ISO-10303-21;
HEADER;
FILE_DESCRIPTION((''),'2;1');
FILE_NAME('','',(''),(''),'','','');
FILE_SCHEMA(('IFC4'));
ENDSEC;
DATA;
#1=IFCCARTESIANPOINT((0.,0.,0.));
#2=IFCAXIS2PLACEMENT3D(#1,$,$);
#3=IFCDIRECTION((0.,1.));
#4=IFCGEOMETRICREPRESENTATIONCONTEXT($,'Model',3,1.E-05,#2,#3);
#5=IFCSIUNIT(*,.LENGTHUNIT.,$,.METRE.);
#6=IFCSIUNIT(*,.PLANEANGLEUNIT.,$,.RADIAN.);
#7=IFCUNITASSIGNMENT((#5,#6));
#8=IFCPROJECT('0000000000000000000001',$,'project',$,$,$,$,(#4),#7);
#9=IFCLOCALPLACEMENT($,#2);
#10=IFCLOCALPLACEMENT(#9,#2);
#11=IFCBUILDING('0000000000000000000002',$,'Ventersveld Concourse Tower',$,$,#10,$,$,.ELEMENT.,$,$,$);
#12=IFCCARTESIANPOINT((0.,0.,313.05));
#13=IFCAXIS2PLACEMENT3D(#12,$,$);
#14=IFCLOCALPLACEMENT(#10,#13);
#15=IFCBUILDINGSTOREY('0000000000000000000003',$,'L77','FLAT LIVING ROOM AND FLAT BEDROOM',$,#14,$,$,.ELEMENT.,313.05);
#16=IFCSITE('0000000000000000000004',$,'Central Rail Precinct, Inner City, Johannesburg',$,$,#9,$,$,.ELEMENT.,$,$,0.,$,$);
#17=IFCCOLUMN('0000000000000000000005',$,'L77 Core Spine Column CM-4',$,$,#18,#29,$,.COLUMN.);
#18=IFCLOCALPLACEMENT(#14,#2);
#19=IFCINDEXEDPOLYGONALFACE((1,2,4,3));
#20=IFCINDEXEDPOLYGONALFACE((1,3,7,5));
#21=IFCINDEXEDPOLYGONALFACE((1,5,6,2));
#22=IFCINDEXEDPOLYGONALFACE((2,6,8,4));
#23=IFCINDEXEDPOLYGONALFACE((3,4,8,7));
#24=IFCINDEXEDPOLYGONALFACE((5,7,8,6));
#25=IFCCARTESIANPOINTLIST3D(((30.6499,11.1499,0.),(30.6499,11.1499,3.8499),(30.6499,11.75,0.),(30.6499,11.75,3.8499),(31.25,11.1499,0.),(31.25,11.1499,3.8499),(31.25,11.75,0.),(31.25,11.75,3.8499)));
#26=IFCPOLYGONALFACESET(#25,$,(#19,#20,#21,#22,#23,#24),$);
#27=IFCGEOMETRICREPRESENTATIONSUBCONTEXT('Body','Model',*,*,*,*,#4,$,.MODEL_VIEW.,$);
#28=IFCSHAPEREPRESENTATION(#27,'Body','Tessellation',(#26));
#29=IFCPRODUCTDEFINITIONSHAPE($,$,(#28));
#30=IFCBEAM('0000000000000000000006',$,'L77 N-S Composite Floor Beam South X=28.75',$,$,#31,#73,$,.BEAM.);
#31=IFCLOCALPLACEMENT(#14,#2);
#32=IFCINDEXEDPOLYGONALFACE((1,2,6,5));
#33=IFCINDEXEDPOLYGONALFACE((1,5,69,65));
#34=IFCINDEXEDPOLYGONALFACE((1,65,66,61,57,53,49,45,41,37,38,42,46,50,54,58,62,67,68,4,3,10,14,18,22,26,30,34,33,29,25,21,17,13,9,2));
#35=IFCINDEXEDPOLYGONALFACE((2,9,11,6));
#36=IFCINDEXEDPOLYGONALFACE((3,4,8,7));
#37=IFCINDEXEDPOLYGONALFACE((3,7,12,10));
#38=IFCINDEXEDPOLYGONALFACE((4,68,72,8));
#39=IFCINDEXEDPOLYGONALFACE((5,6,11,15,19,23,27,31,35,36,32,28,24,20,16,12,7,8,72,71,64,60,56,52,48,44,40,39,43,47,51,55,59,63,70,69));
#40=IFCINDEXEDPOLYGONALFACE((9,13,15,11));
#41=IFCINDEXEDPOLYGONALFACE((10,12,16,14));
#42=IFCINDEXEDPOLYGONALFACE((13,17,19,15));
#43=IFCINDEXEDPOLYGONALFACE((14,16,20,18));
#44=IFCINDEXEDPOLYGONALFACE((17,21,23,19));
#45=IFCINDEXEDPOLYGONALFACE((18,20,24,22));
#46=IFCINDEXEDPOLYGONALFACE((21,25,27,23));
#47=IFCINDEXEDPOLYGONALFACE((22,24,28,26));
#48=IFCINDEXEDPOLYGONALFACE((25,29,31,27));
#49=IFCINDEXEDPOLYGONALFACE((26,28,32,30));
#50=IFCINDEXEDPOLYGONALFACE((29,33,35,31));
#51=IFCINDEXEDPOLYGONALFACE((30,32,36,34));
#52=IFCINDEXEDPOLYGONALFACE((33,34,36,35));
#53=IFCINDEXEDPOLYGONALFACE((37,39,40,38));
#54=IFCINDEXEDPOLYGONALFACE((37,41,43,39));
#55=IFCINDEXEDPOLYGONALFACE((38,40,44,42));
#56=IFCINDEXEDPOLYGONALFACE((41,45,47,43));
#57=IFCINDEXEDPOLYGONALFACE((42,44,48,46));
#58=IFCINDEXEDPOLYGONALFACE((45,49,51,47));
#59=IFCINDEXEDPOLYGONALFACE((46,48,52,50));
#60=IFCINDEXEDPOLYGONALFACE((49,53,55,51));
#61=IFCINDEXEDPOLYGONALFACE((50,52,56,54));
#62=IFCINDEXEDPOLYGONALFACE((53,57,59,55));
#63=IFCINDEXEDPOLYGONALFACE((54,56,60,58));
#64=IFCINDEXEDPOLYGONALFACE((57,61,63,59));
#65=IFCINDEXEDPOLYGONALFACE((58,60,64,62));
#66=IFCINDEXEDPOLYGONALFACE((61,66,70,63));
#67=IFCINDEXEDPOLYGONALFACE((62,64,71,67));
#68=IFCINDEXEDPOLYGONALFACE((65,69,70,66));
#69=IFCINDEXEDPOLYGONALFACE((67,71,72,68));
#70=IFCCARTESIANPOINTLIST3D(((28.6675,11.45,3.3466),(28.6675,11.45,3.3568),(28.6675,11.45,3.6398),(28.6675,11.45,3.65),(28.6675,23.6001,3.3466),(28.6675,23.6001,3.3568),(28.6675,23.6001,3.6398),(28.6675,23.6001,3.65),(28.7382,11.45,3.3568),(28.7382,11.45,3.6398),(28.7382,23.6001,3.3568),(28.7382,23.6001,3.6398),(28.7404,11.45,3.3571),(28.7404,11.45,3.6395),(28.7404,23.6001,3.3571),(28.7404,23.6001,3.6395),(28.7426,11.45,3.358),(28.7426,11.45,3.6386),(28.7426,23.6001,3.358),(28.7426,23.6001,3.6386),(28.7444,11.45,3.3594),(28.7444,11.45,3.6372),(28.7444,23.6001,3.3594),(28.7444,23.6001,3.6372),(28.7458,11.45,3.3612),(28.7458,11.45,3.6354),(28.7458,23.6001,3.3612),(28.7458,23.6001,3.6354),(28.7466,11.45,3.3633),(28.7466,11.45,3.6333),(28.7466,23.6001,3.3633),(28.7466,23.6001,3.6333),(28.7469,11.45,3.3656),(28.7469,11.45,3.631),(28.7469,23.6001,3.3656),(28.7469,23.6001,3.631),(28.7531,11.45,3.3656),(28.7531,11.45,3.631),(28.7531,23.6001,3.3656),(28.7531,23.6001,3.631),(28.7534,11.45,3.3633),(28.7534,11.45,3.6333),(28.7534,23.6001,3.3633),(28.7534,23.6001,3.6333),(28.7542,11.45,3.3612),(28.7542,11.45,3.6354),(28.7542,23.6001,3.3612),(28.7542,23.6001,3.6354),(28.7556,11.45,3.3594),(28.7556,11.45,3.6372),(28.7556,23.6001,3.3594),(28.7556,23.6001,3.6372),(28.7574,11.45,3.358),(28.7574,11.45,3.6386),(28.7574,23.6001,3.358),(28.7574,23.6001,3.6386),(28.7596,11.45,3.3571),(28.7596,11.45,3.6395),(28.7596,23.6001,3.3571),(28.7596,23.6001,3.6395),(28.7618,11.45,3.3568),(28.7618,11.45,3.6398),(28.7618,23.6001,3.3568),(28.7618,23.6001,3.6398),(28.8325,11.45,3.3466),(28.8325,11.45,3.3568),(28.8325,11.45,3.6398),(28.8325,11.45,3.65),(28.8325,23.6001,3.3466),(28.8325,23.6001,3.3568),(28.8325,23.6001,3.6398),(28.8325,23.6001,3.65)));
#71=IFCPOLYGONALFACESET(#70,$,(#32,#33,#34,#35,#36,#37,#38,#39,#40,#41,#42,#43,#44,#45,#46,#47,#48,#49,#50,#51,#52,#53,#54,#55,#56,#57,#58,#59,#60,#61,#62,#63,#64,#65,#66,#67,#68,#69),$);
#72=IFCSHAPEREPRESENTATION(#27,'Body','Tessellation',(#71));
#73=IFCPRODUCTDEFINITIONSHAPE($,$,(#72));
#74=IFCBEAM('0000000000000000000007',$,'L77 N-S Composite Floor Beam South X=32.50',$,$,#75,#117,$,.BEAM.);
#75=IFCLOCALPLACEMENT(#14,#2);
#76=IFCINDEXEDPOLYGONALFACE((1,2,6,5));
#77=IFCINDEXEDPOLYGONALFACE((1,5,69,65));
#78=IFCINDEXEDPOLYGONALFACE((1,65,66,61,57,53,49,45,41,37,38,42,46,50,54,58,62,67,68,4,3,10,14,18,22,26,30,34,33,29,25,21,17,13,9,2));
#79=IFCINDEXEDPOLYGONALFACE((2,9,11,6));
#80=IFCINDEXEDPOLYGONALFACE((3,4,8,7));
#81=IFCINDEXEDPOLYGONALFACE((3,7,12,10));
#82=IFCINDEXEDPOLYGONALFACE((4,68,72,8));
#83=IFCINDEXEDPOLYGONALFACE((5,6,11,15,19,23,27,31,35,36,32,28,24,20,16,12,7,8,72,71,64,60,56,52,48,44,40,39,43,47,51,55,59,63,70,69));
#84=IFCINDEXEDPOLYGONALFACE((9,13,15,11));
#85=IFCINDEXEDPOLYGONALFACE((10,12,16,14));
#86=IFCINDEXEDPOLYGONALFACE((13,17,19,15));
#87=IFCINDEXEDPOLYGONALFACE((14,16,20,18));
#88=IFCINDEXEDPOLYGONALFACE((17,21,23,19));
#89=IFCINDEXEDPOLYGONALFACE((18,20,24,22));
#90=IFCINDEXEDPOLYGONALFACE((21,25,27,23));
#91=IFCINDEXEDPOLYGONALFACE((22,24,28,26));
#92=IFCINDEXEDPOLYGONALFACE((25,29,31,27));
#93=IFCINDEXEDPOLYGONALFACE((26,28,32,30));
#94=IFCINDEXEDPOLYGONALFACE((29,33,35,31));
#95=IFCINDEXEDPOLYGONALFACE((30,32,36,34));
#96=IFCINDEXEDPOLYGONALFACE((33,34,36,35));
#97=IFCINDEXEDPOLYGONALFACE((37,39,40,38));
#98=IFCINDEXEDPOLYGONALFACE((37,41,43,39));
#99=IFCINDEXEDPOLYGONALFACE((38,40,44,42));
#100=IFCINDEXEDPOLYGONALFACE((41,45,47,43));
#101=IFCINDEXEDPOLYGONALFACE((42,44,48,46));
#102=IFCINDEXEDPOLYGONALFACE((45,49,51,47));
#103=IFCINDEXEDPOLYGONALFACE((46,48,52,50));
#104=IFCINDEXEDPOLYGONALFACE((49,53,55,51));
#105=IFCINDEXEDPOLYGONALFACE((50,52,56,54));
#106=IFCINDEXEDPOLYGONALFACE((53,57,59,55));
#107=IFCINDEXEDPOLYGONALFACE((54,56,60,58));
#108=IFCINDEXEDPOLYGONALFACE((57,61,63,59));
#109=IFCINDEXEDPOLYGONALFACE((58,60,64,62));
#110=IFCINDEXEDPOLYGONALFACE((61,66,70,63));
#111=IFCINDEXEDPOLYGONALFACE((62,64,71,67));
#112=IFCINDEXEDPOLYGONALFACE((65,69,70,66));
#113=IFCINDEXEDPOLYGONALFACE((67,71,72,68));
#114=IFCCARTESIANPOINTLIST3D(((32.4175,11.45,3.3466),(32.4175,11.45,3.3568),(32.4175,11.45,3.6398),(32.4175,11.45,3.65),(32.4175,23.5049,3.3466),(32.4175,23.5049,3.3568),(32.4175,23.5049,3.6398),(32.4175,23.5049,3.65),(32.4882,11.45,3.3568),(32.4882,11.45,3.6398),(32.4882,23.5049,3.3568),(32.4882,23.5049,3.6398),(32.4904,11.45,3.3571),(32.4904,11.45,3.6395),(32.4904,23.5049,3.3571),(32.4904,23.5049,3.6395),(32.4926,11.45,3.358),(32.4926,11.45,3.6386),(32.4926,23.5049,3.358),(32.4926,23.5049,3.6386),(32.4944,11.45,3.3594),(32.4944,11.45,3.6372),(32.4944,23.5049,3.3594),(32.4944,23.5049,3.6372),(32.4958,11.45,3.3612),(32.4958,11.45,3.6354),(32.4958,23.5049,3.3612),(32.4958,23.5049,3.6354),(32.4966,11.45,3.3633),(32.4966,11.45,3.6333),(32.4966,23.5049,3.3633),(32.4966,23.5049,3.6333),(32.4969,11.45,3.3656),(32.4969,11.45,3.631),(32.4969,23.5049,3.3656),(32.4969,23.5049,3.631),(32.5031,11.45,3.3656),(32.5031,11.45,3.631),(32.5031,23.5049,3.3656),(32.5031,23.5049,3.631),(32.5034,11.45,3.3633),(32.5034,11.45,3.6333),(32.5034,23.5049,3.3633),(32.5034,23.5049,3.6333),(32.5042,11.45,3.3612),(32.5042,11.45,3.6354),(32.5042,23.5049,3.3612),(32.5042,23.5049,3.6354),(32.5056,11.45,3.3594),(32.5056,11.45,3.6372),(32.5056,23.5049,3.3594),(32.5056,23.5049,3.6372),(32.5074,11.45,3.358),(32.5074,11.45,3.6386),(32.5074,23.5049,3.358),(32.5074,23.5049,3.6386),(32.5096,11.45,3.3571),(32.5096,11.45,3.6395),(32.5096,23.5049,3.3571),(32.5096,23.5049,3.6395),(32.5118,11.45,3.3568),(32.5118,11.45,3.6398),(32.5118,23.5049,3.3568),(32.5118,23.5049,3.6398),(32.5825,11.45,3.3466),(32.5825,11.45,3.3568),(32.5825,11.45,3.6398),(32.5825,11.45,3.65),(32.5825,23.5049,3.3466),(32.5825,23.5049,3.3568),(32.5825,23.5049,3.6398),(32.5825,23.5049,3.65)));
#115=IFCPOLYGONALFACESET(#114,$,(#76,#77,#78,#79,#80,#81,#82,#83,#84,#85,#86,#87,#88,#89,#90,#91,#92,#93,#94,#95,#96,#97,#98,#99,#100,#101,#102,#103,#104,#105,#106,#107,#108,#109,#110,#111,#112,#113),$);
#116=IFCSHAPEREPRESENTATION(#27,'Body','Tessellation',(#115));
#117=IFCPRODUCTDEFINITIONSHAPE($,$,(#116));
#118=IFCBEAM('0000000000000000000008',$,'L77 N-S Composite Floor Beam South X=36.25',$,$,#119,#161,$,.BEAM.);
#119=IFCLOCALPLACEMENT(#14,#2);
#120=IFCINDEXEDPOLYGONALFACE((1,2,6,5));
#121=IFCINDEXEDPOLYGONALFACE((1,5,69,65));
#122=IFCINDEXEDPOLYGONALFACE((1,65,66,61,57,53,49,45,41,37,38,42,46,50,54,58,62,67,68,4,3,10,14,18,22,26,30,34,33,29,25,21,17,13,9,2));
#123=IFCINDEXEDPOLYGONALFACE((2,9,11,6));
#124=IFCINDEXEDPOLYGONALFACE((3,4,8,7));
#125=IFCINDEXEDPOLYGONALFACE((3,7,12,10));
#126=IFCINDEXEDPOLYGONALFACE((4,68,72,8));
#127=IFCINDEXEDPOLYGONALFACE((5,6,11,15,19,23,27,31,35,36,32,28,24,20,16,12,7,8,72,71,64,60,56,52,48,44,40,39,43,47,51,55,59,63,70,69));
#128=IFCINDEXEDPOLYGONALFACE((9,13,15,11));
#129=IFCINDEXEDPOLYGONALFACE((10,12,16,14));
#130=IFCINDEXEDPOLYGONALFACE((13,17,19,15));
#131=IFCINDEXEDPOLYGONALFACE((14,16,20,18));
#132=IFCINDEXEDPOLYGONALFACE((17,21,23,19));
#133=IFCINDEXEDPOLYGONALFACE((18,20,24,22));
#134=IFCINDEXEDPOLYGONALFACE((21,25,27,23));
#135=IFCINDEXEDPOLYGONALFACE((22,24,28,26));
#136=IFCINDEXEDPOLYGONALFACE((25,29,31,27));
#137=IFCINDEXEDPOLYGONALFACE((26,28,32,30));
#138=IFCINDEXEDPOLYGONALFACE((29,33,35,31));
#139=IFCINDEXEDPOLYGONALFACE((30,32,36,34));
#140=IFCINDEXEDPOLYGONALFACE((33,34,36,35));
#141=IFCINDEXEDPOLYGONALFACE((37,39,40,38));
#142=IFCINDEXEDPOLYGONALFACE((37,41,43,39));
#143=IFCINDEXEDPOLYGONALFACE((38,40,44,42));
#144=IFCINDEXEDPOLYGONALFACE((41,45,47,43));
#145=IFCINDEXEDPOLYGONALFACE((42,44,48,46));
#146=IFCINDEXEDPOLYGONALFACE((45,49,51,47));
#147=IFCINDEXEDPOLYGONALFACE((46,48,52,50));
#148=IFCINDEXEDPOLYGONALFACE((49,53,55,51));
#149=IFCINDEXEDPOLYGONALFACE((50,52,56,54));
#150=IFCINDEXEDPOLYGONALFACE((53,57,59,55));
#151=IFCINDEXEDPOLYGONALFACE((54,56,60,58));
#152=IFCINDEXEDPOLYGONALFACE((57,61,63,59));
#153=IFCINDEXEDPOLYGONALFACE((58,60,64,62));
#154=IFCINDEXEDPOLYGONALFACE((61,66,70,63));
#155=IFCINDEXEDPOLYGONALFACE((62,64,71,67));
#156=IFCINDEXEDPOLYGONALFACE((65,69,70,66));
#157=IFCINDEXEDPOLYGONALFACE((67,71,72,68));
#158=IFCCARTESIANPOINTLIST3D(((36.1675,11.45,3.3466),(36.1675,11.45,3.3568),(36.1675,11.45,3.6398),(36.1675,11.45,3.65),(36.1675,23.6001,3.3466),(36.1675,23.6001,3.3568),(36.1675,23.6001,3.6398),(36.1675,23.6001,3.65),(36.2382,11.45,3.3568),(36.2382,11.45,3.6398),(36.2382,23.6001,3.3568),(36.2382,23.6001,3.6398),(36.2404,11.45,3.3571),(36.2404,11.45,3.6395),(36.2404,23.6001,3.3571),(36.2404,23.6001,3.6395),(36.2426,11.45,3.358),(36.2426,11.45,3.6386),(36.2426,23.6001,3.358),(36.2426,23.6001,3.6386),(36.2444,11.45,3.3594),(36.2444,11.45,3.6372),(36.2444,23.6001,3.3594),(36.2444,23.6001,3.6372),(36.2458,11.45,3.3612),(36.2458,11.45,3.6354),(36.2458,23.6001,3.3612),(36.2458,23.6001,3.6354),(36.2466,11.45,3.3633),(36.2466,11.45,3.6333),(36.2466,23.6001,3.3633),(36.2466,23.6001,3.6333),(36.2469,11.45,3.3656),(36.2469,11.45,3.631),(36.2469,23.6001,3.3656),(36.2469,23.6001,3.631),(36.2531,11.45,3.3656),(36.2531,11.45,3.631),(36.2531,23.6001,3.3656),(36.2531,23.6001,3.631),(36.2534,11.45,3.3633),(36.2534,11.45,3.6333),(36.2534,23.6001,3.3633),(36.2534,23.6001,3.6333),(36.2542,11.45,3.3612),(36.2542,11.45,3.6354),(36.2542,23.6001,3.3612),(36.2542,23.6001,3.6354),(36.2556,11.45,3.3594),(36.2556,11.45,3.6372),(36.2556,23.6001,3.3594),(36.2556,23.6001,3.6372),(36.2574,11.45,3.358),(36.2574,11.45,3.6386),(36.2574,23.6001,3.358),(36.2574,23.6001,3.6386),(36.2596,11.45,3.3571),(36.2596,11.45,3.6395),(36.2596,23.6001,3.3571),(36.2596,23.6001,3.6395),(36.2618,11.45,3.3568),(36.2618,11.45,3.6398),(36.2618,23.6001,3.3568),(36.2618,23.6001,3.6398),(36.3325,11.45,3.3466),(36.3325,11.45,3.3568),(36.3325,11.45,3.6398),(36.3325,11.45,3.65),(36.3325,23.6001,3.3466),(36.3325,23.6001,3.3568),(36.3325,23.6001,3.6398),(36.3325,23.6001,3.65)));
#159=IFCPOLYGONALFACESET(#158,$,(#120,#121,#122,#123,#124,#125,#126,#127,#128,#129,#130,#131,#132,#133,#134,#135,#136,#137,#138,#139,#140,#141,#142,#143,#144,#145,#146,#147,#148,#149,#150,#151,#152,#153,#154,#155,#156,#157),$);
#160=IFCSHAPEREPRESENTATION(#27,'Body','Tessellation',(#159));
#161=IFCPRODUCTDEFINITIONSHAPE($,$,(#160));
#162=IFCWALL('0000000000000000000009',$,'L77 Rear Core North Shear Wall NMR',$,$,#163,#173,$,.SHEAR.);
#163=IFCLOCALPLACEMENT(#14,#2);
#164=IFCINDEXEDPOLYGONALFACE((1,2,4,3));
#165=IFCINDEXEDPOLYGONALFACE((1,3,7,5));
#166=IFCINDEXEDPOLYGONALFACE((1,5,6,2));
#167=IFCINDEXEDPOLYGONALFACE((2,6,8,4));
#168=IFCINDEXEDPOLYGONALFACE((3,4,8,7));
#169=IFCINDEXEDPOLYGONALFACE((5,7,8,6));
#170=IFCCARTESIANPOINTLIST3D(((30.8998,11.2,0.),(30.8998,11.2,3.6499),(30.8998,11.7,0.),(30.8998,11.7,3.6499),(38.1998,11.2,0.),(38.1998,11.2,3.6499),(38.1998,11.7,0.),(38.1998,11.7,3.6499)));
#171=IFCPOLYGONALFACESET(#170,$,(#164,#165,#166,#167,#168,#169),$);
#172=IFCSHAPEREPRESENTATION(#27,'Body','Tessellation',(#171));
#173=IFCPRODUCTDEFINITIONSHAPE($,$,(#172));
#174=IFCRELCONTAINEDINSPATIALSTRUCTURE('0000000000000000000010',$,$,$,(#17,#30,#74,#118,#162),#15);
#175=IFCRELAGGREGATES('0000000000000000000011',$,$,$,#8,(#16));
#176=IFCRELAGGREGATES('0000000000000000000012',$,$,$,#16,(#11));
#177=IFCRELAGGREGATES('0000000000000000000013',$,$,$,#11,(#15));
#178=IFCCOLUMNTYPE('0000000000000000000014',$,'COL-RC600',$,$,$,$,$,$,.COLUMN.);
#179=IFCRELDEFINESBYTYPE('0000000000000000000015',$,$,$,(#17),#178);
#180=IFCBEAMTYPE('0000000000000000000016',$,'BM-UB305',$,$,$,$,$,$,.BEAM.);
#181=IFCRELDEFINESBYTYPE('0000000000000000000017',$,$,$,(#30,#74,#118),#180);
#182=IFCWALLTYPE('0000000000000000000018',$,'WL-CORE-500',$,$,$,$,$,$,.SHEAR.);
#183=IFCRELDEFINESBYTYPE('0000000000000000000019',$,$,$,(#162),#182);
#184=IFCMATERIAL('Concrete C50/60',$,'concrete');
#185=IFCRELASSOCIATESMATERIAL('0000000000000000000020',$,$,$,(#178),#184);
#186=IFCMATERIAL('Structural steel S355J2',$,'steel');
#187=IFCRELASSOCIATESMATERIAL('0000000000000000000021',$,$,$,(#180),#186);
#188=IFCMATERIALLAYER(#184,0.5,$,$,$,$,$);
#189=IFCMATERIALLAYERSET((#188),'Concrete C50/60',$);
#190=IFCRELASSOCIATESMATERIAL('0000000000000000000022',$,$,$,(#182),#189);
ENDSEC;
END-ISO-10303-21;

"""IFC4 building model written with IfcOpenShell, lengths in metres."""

from ifc_helpers import new_model, si_unit, direction, frame, frame_2d, origin, origin_2d, place, context, subcontext, project, spatial, rectangle, i_section, extrude, material, layer, layer_set, material_profile, profile_set, type_object, element, save


model = new_model("IFC4")

# Units and contexts
model_context = context("Model", 3, precision=1e-05, world=origin(), true_north=direction((0.0, 1.0)))
body_context = subcontext(model_context, "Body", "Model", "MODEL_VIEW")
ifc_project = project(units=[si_unit("LENGTHUNIT", "METRE"), si_unit("PLANEANGLEUNIT", "RADIAN")], contexts=[model_context])

# Site, building, storey
site_placement = place(None, origin())
site = spatial("IfcSite", under=ifc_project, at=site_placement, Name="Central Rail Precinct, Inner City, Johannesburg", CompositionType="ELEMENT", RefElevation=0.0)
building_placement = place(site_placement, origin())
building = spatial("IfcBuilding", under=site, at=building_placement, Name="Ventersveld Concourse Tower", CompositionType="ELEMENT")
storey_placement = place(building_placement, frame((0.0, 0.0, 313.05)))
storey = spatial("IfcBuildingStorey", under=building, at=storey_placement, Name="L77", Description="FLAT LIVING ROOM AND FLAT BEDROOM", CompositionType="ELEMENT", Elevation=313.05)

# Column
ifc_material_1 = material(Name="Concrete C50/60", Category="concrete")
ifc_material_profile_1 = material_profile(ifc_material_1, rectangle(XDim=0.6001, YDim=0.6001, at=origin_2d()), Name="RC 600x600")
ifc_profile_set_1 = profile_set([ifc_material_profile_1], Name="Concrete C50/60")
column_type = type_object("IfcColumnType", Name="COL-RC600", PredefinedType="COLUMN", material=ifc_profile_set_1)
column_placement = place(storey_placement, frame((30.95, 11.45, 0.0), z_axis=(0.0, 0.0, 1.0), x_axis=(1.0, 0.0, 0.0)))
element("IfcColumn", 1, at=column_placement, inside=storey, type_object=column_type, Name="L77 Core Spine Column CM-4", PredefinedType="COLUMN", context=body_context, shape_type="SweptSolid", body=[
    extrude(rectangle(XDim=0.6001, YDim=0.6001, at=origin_2d()), origin(), (0.0, 0.0, 1.0), 3.8499),
])

# Beams
ifc_material_2 = material(Name="Structural steel S355J2", Category="steel")
ifc_material_profile_2 = material_profile(ifc_material_2, i_section(OverallWidth=0.165, OverallDepth=0.3035, WebThickness=0.0061, FlangeThickness=0.0103, FilletRadius=0.0088, at=origin_2d()), Name="UB 305x165x40")
ifc_profile_set_2 = profile_set([ifc_material_profile_2], Name="Structural steel S355J2")
beam_type = type_object("IfcBeamType", Name="BM-UB305", PredefinedType="BEAM", material=ifc_profile_set_2)
beam_1_placement = place(storey_placement, frame((28.75, 11.45, 3.4983), z_axis=(0.0, 1.0, 0.0), x_axis=(-1.0, 0.0, 0.0)))
element("IfcBeam", 2, at=beam_1_placement, inside=storey, type_object=beam_type, Name="L77 N-S Composite Floor Beam South X=28.75", PredefinedType="BEAM", context=body_context, shape_type="SweptSolid", body=[
    extrude(i_section(OverallWidth=0.165, OverallDepth=0.3035, WebThickness=0.0061, FlangeThickness=0.0103, FilletRadius=0.0088, at=origin_2d()), origin(), (0.0, 0.0, 1.0), 12.1501),
])
beam_2_placement = place(storey_placement, frame((32.5, 11.45, 3.4983), z_axis=(0.0, 1.0, 0.0), x_axis=(-1.0, 0.0, 0.0)))
element("IfcBeam", 3, at=beam_2_placement, inside=storey, type_object=beam_type, Name="L77 N-S Composite Floor Beam South X=32.50", PredefinedType="BEAM", context=body_context, shape_type="SweptSolid", body=[
    extrude(i_section(OverallWidth=0.165, OverallDepth=0.3035, WebThickness=0.0061, FlangeThickness=0.0103, FilletRadius=0.0088, at=origin_2d()), origin(), (0.0, 0.0, 1.0), 12.0549),
])
beam_3_placement = place(storey_placement, frame((36.25, 11.45, 3.4983), z_axis=(0.0, 1.0, 0.0), x_axis=(-1.0, 0.0, 0.0)))
element("IfcBeam", 4, at=beam_3_placement, inside=storey, type_object=beam_type, Name="L77 N-S Composite Floor Beam South X=36.25", PredefinedType="BEAM", context=body_context, shape_type="SweptSolid", body=[
    extrude(i_section(OverallWidth=0.165, OverallDepth=0.3035, WebThickness=0.0061, FlangeThickness=0.0103, FilletRadius=0.0088, at=origin_2d()), origin(), (0.0, 0.0, 1.0), 12.1501),
])

# Wall
ifc_layer_1 = layer(ifc_material_1, 0.5)
ifc_layer_set_1 = layer_set([ifc_layer_1], Name="Concrete C50/60")
wall_type_1 = type_object("IfcWallType", Name="WL-CORE-500", PredefinedType="SHEAR", material=ifc_layer_set_1)
wall_1_placement = place(storey_placement, frame((30.8999, 11.45, 0.0), z_axis=(0.0, 0.0, 1.0), x_axis=(1.0, 0.0, 0.0)))
element("IfcWall", 5, at=wall_1_placement, inside=storey, type_object=wall_type_1, Name="L77 Rear Core North Shear Wall NMR", PredefinedType="SHEAR", context=body_context, shape_type="SweptSolid", body=[
    extrude(rectangle(XDim=7.3, YDim=0.5, at=frame_2d((3.6499, 0.0))), origin(), (0.0, 0.0, 1.0), 3.6499),
])

save(model, "model.ifc")
